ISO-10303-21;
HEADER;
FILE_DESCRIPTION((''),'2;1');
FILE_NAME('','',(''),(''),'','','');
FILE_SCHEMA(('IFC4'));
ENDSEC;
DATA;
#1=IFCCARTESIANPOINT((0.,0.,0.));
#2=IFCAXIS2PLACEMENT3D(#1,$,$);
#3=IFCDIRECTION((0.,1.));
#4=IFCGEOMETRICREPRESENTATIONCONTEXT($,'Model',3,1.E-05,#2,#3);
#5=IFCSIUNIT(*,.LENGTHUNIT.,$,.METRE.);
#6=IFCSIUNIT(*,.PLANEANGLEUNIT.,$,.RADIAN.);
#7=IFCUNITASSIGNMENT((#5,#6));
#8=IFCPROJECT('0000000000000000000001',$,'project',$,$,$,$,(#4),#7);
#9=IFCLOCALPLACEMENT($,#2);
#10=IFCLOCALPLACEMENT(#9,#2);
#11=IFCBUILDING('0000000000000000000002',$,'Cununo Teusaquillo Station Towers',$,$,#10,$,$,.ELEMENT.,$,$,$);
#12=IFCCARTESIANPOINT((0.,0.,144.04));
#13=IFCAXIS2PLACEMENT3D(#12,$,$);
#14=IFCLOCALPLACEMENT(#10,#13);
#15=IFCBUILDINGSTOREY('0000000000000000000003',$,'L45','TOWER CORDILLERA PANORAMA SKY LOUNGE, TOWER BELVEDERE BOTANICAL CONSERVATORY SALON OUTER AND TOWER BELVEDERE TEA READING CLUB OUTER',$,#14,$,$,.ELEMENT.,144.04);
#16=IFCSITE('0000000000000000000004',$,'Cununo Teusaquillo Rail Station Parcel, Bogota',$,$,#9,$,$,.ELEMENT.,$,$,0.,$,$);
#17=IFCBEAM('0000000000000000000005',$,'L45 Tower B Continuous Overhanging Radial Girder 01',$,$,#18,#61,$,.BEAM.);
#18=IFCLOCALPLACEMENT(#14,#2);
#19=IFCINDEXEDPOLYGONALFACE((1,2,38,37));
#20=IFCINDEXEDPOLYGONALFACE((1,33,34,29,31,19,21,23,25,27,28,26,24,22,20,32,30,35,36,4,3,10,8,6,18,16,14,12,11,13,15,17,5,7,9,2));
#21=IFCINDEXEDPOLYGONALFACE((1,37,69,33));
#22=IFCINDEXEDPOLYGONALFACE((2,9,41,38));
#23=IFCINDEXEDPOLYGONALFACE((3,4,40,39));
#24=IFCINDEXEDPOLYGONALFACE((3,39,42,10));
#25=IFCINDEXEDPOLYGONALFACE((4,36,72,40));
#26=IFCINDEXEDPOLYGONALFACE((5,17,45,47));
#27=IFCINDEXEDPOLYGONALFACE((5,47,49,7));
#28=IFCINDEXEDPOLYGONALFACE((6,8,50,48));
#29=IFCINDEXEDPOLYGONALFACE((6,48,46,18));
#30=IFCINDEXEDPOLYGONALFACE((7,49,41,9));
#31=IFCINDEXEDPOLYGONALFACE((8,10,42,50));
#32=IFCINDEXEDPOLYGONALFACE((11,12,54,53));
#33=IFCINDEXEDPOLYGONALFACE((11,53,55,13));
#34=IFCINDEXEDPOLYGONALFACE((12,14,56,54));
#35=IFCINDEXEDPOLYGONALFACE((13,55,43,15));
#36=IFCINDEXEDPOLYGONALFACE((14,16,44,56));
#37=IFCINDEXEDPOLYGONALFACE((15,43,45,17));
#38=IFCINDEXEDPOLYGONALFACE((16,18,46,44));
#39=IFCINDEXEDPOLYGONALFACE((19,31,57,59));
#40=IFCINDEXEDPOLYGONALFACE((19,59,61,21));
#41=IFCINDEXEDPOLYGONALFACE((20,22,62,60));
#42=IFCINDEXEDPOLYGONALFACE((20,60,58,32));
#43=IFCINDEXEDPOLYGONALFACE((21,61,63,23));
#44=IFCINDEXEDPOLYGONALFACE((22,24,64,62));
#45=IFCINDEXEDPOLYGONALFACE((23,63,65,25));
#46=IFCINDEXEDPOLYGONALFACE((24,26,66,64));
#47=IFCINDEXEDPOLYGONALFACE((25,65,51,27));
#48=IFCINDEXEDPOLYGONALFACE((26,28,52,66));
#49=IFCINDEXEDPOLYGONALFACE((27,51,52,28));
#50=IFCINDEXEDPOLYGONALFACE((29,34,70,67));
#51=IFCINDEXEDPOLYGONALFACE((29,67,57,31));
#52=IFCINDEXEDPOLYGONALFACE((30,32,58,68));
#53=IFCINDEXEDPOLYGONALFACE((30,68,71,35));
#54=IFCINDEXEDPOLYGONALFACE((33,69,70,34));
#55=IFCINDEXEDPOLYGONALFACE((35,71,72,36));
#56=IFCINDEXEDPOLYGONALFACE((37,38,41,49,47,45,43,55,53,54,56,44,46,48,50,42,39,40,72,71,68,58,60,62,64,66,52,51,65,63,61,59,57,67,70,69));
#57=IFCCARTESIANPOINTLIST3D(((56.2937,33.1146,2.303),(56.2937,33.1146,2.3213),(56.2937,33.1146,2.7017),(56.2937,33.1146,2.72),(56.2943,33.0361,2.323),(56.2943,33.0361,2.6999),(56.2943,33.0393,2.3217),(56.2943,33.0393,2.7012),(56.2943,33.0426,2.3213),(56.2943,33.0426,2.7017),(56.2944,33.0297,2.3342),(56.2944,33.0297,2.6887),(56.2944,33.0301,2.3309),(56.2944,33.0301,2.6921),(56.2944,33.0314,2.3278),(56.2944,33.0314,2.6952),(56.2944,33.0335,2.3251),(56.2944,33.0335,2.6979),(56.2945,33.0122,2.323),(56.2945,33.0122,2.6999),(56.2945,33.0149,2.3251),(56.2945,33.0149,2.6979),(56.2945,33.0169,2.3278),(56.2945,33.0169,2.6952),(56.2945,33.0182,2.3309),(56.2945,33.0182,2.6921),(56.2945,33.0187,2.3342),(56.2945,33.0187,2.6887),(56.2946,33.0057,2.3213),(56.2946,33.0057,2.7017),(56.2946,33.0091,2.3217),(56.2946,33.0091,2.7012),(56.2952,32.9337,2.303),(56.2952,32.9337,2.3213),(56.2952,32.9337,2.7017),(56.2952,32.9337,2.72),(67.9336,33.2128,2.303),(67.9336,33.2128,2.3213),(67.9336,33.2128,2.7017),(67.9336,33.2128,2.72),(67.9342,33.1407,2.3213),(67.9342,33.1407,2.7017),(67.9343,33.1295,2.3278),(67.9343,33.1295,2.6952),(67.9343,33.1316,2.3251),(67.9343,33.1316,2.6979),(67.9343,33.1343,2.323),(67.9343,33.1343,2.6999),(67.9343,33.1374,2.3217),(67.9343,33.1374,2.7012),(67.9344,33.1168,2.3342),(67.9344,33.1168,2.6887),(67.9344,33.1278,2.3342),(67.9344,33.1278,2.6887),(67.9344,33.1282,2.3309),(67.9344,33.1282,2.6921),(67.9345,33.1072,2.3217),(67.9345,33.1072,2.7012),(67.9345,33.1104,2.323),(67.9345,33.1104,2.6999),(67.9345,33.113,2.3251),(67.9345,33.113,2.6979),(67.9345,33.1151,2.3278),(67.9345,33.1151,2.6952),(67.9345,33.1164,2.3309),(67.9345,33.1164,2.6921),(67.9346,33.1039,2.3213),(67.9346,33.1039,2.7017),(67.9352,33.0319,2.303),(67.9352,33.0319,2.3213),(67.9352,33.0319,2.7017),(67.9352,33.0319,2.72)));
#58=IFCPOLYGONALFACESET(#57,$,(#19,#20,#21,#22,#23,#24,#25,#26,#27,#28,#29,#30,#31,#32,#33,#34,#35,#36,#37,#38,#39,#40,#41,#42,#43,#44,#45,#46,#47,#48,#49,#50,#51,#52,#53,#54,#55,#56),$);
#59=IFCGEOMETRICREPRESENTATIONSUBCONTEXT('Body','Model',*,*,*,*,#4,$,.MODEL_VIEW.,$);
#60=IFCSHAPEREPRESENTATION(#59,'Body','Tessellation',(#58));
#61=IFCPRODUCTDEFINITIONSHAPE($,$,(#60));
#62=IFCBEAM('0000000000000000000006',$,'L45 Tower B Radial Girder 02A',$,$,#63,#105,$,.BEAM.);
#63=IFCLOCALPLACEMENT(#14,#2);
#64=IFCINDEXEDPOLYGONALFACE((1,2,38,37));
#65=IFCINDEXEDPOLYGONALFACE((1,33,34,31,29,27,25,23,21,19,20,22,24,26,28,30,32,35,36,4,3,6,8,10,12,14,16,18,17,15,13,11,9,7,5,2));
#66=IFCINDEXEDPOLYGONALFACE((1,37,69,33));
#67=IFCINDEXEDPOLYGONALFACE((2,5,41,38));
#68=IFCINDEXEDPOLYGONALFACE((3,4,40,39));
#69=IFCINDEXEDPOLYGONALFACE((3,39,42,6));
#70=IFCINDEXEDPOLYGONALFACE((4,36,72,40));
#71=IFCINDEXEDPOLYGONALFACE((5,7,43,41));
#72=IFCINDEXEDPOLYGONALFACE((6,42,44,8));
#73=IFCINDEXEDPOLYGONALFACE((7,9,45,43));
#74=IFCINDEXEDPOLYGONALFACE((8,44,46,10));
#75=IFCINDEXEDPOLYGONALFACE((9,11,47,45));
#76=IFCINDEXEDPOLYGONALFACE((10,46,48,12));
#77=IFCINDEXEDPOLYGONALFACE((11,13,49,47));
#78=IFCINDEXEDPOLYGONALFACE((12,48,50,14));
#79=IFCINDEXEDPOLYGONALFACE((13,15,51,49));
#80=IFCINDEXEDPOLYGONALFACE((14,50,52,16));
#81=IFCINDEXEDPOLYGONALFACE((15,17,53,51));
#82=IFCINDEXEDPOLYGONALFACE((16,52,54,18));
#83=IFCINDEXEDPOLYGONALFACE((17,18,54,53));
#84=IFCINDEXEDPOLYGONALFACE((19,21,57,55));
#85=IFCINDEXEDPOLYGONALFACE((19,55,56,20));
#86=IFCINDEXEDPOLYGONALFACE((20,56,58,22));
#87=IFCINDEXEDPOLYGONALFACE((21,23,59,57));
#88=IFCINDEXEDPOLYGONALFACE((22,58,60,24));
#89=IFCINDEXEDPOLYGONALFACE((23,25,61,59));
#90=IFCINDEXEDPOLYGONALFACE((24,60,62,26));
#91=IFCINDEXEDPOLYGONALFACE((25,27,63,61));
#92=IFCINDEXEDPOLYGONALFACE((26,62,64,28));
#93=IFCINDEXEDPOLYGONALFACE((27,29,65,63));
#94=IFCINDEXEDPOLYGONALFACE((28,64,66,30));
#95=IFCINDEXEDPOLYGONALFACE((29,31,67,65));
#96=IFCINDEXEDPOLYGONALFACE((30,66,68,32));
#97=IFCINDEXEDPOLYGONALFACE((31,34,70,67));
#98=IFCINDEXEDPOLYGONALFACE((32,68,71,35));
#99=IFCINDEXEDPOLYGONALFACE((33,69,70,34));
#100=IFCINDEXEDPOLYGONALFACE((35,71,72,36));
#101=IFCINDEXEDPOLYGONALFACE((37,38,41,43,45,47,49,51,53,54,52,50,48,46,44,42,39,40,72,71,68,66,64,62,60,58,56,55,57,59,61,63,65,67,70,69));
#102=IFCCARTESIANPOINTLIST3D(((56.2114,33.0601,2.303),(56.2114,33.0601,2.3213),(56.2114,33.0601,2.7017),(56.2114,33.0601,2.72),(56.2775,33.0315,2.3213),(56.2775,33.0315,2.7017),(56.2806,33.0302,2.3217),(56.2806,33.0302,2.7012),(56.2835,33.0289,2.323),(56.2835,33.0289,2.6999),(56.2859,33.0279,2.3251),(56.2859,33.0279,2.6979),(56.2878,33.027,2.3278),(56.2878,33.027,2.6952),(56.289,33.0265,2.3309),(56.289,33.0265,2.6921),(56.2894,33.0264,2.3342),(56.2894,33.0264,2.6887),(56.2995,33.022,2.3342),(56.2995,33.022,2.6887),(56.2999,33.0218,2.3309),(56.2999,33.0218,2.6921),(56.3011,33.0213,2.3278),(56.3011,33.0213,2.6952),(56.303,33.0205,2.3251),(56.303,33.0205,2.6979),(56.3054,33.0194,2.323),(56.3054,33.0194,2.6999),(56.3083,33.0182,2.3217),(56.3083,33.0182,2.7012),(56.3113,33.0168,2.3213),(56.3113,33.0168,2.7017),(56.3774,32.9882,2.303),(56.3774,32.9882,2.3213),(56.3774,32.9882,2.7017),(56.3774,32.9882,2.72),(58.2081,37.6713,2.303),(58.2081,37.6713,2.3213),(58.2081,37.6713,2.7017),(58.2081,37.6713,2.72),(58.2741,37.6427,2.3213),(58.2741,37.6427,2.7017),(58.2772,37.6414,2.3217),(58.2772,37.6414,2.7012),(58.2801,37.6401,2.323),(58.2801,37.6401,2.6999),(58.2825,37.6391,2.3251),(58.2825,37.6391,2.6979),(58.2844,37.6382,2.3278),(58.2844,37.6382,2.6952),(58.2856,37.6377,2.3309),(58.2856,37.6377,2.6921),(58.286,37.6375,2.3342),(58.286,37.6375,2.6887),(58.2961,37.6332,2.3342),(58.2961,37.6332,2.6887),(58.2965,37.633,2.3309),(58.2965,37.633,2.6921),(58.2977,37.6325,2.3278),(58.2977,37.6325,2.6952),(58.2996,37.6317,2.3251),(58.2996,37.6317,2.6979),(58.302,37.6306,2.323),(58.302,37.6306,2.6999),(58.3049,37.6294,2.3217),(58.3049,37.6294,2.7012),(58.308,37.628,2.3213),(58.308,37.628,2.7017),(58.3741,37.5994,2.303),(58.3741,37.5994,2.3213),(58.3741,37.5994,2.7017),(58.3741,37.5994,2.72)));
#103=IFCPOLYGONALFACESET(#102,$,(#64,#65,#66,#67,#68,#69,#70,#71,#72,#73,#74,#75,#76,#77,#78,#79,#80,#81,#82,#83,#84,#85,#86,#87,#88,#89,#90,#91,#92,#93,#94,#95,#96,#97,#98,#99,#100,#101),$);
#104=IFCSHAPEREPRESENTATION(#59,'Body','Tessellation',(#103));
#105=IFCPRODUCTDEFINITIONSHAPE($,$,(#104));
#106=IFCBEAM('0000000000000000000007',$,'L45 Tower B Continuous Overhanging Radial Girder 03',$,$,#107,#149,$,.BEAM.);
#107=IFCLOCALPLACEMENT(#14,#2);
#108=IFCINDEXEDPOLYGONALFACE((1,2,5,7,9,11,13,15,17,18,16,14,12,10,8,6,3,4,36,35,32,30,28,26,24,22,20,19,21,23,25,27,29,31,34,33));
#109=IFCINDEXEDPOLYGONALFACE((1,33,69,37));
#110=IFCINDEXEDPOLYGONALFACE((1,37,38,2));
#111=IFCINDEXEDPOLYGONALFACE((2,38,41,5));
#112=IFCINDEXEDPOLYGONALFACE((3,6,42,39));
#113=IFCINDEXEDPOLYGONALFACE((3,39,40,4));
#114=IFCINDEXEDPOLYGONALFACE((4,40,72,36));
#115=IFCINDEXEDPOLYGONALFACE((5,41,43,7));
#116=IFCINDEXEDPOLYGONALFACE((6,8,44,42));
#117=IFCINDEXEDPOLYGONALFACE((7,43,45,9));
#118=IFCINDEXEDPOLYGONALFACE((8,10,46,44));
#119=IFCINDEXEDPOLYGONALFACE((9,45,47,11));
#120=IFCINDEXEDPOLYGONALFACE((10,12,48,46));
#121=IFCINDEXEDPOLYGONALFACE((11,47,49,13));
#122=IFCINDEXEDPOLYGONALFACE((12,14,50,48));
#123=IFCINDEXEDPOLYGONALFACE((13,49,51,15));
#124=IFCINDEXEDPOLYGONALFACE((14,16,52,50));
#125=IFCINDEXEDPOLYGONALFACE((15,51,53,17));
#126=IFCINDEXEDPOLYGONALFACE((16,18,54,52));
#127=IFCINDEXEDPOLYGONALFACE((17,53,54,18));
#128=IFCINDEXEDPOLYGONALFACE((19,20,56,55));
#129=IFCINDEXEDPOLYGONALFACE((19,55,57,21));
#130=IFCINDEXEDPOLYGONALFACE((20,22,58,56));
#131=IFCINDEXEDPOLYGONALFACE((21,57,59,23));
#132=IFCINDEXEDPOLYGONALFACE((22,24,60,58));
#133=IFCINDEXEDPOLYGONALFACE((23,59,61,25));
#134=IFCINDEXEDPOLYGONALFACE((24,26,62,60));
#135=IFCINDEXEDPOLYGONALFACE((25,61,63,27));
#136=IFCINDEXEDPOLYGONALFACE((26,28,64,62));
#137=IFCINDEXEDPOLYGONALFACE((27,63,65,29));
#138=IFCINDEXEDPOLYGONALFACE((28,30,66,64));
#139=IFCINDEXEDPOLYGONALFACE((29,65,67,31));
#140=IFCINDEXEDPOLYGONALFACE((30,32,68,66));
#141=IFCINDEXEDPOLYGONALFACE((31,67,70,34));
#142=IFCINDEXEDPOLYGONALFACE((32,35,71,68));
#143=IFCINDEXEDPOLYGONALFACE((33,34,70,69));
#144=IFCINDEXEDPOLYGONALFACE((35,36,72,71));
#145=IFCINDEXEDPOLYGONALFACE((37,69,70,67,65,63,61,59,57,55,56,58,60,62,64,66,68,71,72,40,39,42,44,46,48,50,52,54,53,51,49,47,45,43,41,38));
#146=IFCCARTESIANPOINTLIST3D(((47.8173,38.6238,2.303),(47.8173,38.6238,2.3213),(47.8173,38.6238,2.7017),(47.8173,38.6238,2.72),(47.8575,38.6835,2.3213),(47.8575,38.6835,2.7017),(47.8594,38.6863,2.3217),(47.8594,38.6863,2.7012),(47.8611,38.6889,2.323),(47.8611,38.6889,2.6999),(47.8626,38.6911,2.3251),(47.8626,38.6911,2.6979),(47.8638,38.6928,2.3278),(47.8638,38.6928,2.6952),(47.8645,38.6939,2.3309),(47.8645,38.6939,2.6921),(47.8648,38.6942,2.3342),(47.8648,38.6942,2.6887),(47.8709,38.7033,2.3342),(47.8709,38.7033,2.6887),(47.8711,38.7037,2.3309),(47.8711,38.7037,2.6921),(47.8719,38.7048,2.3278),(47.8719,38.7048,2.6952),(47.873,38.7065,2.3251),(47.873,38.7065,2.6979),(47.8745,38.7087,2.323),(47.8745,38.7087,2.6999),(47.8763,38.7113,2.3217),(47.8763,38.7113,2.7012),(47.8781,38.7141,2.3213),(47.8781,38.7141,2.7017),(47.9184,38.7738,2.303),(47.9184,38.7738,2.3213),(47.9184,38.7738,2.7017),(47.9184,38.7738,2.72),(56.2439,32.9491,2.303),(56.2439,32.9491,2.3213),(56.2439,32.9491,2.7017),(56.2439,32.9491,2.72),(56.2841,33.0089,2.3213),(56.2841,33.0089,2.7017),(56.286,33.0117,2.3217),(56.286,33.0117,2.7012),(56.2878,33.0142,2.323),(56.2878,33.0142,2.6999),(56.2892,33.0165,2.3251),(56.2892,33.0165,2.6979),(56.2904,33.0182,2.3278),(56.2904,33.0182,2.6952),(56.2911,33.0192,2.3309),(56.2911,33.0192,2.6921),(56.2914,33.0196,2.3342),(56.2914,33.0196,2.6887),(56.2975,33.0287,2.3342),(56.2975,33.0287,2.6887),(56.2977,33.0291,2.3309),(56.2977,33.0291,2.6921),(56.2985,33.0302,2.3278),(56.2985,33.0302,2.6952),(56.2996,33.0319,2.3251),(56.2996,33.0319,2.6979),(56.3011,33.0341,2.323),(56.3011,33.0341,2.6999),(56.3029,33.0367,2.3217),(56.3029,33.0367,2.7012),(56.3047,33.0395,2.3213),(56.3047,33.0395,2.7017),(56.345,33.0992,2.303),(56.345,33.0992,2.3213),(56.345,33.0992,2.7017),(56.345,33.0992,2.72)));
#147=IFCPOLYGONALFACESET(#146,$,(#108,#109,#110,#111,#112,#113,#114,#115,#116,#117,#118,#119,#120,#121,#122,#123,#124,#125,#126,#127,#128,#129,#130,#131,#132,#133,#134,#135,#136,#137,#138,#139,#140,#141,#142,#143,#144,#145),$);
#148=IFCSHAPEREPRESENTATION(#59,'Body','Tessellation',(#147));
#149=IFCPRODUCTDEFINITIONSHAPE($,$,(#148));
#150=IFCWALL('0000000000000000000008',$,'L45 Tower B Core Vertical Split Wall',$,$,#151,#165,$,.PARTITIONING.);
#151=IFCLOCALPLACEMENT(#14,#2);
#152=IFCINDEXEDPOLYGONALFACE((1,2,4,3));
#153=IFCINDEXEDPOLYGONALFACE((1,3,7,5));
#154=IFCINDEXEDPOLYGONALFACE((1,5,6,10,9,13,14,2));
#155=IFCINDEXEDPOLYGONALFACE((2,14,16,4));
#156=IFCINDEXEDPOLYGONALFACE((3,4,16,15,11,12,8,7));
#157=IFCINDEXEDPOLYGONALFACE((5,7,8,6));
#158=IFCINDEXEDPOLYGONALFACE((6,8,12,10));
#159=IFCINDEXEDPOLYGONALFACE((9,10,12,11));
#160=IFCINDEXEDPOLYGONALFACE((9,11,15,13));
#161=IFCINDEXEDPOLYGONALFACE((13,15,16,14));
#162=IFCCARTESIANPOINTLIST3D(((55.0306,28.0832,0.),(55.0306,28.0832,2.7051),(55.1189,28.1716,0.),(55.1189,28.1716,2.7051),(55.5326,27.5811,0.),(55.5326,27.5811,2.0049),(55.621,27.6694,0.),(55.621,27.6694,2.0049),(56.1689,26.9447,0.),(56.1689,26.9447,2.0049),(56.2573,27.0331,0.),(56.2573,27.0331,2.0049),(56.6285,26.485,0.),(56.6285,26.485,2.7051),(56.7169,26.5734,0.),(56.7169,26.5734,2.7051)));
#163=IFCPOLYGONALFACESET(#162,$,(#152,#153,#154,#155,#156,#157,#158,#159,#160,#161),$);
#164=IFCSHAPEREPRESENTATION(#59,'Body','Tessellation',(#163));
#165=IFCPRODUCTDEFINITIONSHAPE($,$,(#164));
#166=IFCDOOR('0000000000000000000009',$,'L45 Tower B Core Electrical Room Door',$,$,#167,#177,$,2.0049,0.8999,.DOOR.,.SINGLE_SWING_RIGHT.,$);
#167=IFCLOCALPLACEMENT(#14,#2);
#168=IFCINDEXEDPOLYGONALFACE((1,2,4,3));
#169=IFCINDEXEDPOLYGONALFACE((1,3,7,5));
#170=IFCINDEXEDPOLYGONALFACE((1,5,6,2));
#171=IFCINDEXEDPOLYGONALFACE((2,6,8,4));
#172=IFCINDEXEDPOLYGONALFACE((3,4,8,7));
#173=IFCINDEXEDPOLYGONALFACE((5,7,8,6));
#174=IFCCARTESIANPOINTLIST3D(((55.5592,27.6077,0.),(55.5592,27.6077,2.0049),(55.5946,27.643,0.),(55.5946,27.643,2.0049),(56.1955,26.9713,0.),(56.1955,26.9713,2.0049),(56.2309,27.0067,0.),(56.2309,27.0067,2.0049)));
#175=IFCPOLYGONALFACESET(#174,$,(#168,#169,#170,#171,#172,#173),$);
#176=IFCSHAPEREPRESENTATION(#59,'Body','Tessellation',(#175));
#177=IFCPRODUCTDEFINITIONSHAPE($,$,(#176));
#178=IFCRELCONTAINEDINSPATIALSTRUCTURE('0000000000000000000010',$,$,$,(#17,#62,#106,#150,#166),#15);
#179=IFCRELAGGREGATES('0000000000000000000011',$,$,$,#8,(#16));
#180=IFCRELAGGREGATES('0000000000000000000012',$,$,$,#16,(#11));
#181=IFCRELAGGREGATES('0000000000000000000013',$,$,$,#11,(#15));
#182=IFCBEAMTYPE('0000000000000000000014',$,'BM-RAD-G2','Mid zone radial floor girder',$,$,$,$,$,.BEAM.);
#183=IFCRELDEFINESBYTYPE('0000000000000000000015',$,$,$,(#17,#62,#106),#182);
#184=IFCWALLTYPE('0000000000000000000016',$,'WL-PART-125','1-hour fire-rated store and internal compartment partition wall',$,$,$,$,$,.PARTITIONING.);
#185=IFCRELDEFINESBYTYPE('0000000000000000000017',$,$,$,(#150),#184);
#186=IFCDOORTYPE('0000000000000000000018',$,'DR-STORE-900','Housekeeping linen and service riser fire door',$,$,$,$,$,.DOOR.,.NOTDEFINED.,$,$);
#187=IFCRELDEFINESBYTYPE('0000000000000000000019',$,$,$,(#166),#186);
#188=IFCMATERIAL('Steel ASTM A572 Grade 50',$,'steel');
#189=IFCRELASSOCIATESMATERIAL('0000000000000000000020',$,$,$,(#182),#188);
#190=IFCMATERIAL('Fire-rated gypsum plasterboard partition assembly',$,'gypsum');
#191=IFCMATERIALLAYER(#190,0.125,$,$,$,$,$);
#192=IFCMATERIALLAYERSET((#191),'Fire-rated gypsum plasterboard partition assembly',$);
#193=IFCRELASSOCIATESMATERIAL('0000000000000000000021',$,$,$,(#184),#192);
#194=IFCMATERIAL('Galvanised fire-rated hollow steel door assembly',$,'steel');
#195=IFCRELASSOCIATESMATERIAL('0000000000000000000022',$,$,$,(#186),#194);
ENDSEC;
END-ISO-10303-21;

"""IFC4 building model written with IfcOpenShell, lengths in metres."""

from ifc_helpers import new_model, si_unit, direction, frame, frame_2d, origin, origin_2d, place, context, subcontext, project, spatial, rectangle, i_section, extrude, source, transform, mapped, material, layer, layer_set, material_profile, profile_set, type_object, element, fill, save


model = new_model("IFC4")

# Units and contexts
model_context = context("Model", 3, precision=1e-05, world=origin(), true_north=direction((0.0, 1.0)))
body_context = subcontext(model_context, "Body", "Model", "MODEL_VIEW")
ifc_project = project(units=[si_unit("LENGTHUNIT", "METRE"), si_unit("PLANEANGLEUNIT", "RADIAN")], contexts=[model_context])

# Site, building, storey
site_placement = place(None, origin())
site = spatial("IfcSite", under=ifc_project, at=site_placement, Name="Cununo Teusaquillo Rail Station Parcel, Bogota", CompositionType="ELEMENT", RefElevation=0.0)
building_placement = place(site_placement, origin())
building = spatial("IfcBuilding", under=site, at=building_placement, Name="Cununo Teusaquillo Station Towers", CompositionType="ELEMENT")
storey_placement = place(building_placement, frame((0.0, 0.0, 144.04)))
storey = spatial("IfcBuildingStorey", under=building, at=storey_placement, Name="L45", Description="TOWER CORDILLERA PANORAMA SKY LOUNGE, TOWER BELVEDERE BOTANICAL CONSERVATORY SALON OUTER AND TOWER BELVEDERE TEA READING CLUB OUTER", CompositionType="ELEMENT", Elevation=144.04)

# Beams
ifc_material_1 = material(Name="Steel ASTM A572 Grade 50", Category="steel")
ifc_material_profile_1 = material_profile(ifc_material_1, i_section(OverallWidth=0.1809, OverallDepth=0.417, WebThickness=0.011, FlangeThickness=0.0183, FilletRadius=0.0129, at=origin_2d()), Name="W16X57")
ifc_profile_set_1 = profile_set([ifc_material_profile_1], Name="Steel ASTM A572 Grade 50")
beam_type_1 = type_object("IfcBeamType", Name="BM-RAD-G2", Description="Mid zone radial floor girder", PredefinedType="BEAM", material=ifc_profile_set_1)
beam_1_placement = place(storey_placement, frame((56.2944, 33.0242, 2.5115), z_axis=(0.999964, 0.008431, 0.0), x_axis=(-0.008431, 0.999964, 0.0)))
element("IfcBeam", 1, at=beam_1_placement, inside=storey, type_object=beam_type_1, Name="L45 Tower B Continuous Overhanging Radial Girder 01", PredefinedType="BEAM", context=body_context, shape_type="SweptSolid", body=[
    extrude(i_section(OverallWidth=0.1809, OverallDepth=0.417, WebThickness=0.011, FlangeThickness=0.0183, FilletRadius=0.0129, at=origin_2d()), origin(), (0.0, 0.0, 1.0), 11.6404),
])
beam_2_placement = place(storey_placement, frame((56.2944, 33.0242, 2.5115), z_axis=(0.397347, 0.917668, 0.0), x_axis=(-0.917668, 0.397347, 0.0)))
element("IfcBeam", 2, at=beam_2_placement, inside=storey, type_object=beam_type_1, Name="L45 Tower B Radial Girder 02A", PredefinedType="BEAM", context=body_context, shape_type="SweptSolid", body=[
    extrude(i_section(OverallWidth=0.1809, OverallDepth=0.417, WebThickness=0.011, FlangeThickness=0.0183, FilletRadius=0.0129, at=origin_2d()), origin(), (0.0, 0.0, 1.0), 5.0249),
])
beam_3_placement = place(storey_placement, frame((56.2944, 33.0242, 2.5115), z_axis=(-0.829457, 0.558571, 0.0), x_axis=(-0.558571, -0.829457, 0.0)))
element("IfcBeam", 3, at=beam_3_placement, inside=storey, type_object=beam_type_1, Name="L45 Tower B Continuous Overhanging Radial Girder 03", PredefinedType="BEAM", context=body_context, shape_type="SweptSolid", body=[
    extrude(i_section(OverallWidth=0.1809, OverallDepth=0.417, WebThickness=0.011, FlangeThickness=0.0183, FilletRadius=0.0129, at=origin_2d()), origin(), (0.0, 0.0, 1.0), 10.1592),
])

# Wall, opening, door
ifc_material_2 = material(Name="Fire-rated gypsum plasterboard partition assembly", Category="gypsum")
ifc_layer_1 = layer(ifc_material_2, 0.125)
ifc_layer_set_1 = layer_set([ifc_layer_1], Name="Fire-rated gypsum plasterboard partition assembly")
wall_type_1 = type_object("IfcWallType", Name="WL-PART-125", Description="1-hour fire-rated store and internal compartment partition wall", PredefinedType="PARTITIONING", material=ifc_layer_set_1)
wall_1_placement = place(storey_placement, frame((56.6726, 26.5293, 0.0), z_axis=(0.0, 0.0, 1.0), x_axis=(-0.707053, 0.707161, 0.0)))
wall_1 = element("IfcWall", 4, at=wall_1_placement, inside=storey, type_object=wall_type_1, Name="L45 Tower B Core Vertical Split Wall", PredefinedType="PARTITIONING", context=body_context, shape_type="SweptSolid", body=[
    extrude(rectangle(XDim=2.26, YDim=0.125, at=frame_2d((1.1299, 0.0))), origin(), (0.0, 0.0, 1.0), 2.7051),
])
shared_shape_1 = source(origin(), body_context, "Body", "SweptSolid", [
    extrude(rectangle(XDim=0.8999, YDim=2.0049, at=frame_2d((0.45, 1.0024))), frame((0.0, 0.0725, 0.0), z_axis=(0.0, -1.0, 0.0), x_axis=(1.0, 0.0, 0.0)), (0.0, 0.0, 1.0), 0.145),
])
opening_1_placement = place(wall_1_placement, frame((0.6499, 0.0, 0.0)))
opening_1 = element("IfcOpeningElement", 5, at=opening_1_placement, cuts=wall_1, PredefinedType="OPENING", context=body_context, shape_type="MappedRepresentation", body=[
    mapped(shared_shape_1, transform((0.0, 0.0, 0.0), x_axis=(1.0, 0.0, 0.0), y_axis=(0.0, 1.0, 0.0), z_axis=(0.0, 0.0, 1.0), scale=1.0)),
])
ifc_material_3 = material(Name="Galvanised fire-rated hollow steel door assembly", Category="steel")
door_type_1 = type_object("IfcDoorType", Name="DR-STORE-900", Description="Housekeeping linen and service riser fire door", OperationType="NOTDEFINED", PredefinedType="DOOR", material=ifc_material_3)
shared_shape_2 = source(origin(), body_context, "Body", "SweptSolid", [
    extrude(rectangle(XDim=0.8999, YDim=2.0049, at=frame_2d((0.45, 1.0024))), frame((0.0, 0.0249, 0.0), z_axis=(0.0, -1.0, 0.0), x_axis=(1.0, 0.0, 0.0)), (0.0, 0.0, 1.0), 0.05),
])
door_1_placement = place(opening_1_placement, origin())
door_1 = element("IfcDoor", 6, at=door_1_placement, inside=storey, type_object=door_type_1, Name="L45 Tower B Core Electrical Room Door", OperationType="SINGLE_SWING_RIGHT", OverallHeight=2.0049, OverallWidth=0.8999, PredefinedType="DOOR", context=body_context, shape_type="MappedRepresentation", body=[
    mapped(shared_shape_2, transform((0.0, 0.0, 0.0), x_axis=(1.0, 0.0, 0.0), y_axis=(0.0, 1.0, 0.0), z_axis=(0.0, 0.0, 1.0), scale=1.0)),
])
fill(opening_1, door_1)

save(model, "model.ifc")
